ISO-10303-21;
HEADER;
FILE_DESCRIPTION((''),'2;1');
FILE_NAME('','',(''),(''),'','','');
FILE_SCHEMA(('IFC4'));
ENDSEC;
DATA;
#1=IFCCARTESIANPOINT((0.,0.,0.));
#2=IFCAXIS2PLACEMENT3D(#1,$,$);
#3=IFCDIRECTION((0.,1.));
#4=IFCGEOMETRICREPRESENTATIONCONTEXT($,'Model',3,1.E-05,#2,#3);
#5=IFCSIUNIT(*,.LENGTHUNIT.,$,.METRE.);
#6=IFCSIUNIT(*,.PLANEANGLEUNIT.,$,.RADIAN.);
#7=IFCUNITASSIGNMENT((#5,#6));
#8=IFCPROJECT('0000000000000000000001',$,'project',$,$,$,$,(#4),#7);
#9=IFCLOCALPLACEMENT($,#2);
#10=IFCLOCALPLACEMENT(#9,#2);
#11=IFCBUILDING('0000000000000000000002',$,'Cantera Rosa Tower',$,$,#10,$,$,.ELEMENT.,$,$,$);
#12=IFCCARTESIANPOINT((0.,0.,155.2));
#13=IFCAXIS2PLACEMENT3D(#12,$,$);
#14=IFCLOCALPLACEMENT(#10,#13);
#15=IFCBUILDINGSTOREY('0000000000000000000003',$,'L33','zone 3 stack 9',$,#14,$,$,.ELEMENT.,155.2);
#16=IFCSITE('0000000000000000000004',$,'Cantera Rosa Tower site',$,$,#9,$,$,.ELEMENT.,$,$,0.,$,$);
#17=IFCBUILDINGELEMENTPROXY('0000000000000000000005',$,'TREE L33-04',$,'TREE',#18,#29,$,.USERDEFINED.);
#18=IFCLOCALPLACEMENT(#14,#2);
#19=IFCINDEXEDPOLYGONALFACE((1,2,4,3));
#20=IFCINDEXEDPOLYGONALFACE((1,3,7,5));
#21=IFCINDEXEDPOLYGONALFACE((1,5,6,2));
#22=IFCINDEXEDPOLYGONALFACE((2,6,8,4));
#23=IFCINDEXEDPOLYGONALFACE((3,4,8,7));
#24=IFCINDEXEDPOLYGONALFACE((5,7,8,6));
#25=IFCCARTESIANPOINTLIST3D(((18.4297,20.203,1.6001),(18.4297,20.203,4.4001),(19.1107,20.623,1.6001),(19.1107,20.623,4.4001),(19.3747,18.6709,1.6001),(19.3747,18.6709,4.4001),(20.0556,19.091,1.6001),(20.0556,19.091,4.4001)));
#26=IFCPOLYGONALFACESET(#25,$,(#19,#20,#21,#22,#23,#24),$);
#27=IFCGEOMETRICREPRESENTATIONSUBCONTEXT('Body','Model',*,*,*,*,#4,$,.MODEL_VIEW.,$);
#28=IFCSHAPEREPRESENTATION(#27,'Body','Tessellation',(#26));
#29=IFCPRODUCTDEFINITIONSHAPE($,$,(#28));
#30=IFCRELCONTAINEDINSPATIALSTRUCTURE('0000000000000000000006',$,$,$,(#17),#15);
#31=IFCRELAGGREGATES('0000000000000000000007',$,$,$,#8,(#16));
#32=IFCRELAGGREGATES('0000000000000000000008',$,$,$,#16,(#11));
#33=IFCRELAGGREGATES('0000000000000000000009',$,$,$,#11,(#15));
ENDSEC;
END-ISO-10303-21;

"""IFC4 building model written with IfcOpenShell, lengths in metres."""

from ifc_helpers import new_model, si_unit, direction, frame, origin, origin_2d, place, context, subcontext, project, spatial, rectangle, extrude, element, save


model = new_model("IFC4")

# Units and contexts
model_context = context("Model", 3, precision=1e-05, world=origin(), true_north=direction((0.0, 1.0)))
body_context = subcontext(model_context, "Body", "Model", "MODEL_VIEW")
ifc_project = project(units=[si_unit("LENGTHUNIT", "METRE"), si_unit("PLANEANGLEUNIT", "RADIAN")], contexts=[model_context])

# Site, building, storey
site_placement = place(None, origin())
site = spatial("IfcSite", under=ifc_project, at=site_placement, Name="Cantera Rosa Tower site", CompositionType="ELEMENT", RefElevation=0.0)
building_placement = place(site_placement, origin())
building = spatial("IfcBuilding", under=site, at=building_placement, Name="Cantera Rosa Tower", CompositionType="ELEMENT")
storey_placement = place(building_placement, frame((0.0, 0.0, 155.2)))
storey = spatial("IfcBuildingStorey", under=building, at=storey_placement, Name="L33", Description="zone 3 stack 9", CompositionType="ELEMENT", Elevation=155.2)

# Building element proxy
proxy_placement = place(storey_placement, frame((19.2427, 19.647, 1.6001), z_axis=(0.0, 0.0, 1.0), x_axis=(-0.524977, 0.851117, 0.0)))
element("IfcBuildingElementProxy", 1, at=proxy_placement, inside=storey, Name="TREE L33-04", ObjectType="TREE", PredefinedType="USERDEFINED", context=body_context, shape_type="SweptSolid", body=[
    extrude(rectangle(XDim=1.8, YDim=0.8, at=origin_2d()), origin(), (0.0, 0.0, 1.0), 2.8),
])

save(model, "model.ifc")
